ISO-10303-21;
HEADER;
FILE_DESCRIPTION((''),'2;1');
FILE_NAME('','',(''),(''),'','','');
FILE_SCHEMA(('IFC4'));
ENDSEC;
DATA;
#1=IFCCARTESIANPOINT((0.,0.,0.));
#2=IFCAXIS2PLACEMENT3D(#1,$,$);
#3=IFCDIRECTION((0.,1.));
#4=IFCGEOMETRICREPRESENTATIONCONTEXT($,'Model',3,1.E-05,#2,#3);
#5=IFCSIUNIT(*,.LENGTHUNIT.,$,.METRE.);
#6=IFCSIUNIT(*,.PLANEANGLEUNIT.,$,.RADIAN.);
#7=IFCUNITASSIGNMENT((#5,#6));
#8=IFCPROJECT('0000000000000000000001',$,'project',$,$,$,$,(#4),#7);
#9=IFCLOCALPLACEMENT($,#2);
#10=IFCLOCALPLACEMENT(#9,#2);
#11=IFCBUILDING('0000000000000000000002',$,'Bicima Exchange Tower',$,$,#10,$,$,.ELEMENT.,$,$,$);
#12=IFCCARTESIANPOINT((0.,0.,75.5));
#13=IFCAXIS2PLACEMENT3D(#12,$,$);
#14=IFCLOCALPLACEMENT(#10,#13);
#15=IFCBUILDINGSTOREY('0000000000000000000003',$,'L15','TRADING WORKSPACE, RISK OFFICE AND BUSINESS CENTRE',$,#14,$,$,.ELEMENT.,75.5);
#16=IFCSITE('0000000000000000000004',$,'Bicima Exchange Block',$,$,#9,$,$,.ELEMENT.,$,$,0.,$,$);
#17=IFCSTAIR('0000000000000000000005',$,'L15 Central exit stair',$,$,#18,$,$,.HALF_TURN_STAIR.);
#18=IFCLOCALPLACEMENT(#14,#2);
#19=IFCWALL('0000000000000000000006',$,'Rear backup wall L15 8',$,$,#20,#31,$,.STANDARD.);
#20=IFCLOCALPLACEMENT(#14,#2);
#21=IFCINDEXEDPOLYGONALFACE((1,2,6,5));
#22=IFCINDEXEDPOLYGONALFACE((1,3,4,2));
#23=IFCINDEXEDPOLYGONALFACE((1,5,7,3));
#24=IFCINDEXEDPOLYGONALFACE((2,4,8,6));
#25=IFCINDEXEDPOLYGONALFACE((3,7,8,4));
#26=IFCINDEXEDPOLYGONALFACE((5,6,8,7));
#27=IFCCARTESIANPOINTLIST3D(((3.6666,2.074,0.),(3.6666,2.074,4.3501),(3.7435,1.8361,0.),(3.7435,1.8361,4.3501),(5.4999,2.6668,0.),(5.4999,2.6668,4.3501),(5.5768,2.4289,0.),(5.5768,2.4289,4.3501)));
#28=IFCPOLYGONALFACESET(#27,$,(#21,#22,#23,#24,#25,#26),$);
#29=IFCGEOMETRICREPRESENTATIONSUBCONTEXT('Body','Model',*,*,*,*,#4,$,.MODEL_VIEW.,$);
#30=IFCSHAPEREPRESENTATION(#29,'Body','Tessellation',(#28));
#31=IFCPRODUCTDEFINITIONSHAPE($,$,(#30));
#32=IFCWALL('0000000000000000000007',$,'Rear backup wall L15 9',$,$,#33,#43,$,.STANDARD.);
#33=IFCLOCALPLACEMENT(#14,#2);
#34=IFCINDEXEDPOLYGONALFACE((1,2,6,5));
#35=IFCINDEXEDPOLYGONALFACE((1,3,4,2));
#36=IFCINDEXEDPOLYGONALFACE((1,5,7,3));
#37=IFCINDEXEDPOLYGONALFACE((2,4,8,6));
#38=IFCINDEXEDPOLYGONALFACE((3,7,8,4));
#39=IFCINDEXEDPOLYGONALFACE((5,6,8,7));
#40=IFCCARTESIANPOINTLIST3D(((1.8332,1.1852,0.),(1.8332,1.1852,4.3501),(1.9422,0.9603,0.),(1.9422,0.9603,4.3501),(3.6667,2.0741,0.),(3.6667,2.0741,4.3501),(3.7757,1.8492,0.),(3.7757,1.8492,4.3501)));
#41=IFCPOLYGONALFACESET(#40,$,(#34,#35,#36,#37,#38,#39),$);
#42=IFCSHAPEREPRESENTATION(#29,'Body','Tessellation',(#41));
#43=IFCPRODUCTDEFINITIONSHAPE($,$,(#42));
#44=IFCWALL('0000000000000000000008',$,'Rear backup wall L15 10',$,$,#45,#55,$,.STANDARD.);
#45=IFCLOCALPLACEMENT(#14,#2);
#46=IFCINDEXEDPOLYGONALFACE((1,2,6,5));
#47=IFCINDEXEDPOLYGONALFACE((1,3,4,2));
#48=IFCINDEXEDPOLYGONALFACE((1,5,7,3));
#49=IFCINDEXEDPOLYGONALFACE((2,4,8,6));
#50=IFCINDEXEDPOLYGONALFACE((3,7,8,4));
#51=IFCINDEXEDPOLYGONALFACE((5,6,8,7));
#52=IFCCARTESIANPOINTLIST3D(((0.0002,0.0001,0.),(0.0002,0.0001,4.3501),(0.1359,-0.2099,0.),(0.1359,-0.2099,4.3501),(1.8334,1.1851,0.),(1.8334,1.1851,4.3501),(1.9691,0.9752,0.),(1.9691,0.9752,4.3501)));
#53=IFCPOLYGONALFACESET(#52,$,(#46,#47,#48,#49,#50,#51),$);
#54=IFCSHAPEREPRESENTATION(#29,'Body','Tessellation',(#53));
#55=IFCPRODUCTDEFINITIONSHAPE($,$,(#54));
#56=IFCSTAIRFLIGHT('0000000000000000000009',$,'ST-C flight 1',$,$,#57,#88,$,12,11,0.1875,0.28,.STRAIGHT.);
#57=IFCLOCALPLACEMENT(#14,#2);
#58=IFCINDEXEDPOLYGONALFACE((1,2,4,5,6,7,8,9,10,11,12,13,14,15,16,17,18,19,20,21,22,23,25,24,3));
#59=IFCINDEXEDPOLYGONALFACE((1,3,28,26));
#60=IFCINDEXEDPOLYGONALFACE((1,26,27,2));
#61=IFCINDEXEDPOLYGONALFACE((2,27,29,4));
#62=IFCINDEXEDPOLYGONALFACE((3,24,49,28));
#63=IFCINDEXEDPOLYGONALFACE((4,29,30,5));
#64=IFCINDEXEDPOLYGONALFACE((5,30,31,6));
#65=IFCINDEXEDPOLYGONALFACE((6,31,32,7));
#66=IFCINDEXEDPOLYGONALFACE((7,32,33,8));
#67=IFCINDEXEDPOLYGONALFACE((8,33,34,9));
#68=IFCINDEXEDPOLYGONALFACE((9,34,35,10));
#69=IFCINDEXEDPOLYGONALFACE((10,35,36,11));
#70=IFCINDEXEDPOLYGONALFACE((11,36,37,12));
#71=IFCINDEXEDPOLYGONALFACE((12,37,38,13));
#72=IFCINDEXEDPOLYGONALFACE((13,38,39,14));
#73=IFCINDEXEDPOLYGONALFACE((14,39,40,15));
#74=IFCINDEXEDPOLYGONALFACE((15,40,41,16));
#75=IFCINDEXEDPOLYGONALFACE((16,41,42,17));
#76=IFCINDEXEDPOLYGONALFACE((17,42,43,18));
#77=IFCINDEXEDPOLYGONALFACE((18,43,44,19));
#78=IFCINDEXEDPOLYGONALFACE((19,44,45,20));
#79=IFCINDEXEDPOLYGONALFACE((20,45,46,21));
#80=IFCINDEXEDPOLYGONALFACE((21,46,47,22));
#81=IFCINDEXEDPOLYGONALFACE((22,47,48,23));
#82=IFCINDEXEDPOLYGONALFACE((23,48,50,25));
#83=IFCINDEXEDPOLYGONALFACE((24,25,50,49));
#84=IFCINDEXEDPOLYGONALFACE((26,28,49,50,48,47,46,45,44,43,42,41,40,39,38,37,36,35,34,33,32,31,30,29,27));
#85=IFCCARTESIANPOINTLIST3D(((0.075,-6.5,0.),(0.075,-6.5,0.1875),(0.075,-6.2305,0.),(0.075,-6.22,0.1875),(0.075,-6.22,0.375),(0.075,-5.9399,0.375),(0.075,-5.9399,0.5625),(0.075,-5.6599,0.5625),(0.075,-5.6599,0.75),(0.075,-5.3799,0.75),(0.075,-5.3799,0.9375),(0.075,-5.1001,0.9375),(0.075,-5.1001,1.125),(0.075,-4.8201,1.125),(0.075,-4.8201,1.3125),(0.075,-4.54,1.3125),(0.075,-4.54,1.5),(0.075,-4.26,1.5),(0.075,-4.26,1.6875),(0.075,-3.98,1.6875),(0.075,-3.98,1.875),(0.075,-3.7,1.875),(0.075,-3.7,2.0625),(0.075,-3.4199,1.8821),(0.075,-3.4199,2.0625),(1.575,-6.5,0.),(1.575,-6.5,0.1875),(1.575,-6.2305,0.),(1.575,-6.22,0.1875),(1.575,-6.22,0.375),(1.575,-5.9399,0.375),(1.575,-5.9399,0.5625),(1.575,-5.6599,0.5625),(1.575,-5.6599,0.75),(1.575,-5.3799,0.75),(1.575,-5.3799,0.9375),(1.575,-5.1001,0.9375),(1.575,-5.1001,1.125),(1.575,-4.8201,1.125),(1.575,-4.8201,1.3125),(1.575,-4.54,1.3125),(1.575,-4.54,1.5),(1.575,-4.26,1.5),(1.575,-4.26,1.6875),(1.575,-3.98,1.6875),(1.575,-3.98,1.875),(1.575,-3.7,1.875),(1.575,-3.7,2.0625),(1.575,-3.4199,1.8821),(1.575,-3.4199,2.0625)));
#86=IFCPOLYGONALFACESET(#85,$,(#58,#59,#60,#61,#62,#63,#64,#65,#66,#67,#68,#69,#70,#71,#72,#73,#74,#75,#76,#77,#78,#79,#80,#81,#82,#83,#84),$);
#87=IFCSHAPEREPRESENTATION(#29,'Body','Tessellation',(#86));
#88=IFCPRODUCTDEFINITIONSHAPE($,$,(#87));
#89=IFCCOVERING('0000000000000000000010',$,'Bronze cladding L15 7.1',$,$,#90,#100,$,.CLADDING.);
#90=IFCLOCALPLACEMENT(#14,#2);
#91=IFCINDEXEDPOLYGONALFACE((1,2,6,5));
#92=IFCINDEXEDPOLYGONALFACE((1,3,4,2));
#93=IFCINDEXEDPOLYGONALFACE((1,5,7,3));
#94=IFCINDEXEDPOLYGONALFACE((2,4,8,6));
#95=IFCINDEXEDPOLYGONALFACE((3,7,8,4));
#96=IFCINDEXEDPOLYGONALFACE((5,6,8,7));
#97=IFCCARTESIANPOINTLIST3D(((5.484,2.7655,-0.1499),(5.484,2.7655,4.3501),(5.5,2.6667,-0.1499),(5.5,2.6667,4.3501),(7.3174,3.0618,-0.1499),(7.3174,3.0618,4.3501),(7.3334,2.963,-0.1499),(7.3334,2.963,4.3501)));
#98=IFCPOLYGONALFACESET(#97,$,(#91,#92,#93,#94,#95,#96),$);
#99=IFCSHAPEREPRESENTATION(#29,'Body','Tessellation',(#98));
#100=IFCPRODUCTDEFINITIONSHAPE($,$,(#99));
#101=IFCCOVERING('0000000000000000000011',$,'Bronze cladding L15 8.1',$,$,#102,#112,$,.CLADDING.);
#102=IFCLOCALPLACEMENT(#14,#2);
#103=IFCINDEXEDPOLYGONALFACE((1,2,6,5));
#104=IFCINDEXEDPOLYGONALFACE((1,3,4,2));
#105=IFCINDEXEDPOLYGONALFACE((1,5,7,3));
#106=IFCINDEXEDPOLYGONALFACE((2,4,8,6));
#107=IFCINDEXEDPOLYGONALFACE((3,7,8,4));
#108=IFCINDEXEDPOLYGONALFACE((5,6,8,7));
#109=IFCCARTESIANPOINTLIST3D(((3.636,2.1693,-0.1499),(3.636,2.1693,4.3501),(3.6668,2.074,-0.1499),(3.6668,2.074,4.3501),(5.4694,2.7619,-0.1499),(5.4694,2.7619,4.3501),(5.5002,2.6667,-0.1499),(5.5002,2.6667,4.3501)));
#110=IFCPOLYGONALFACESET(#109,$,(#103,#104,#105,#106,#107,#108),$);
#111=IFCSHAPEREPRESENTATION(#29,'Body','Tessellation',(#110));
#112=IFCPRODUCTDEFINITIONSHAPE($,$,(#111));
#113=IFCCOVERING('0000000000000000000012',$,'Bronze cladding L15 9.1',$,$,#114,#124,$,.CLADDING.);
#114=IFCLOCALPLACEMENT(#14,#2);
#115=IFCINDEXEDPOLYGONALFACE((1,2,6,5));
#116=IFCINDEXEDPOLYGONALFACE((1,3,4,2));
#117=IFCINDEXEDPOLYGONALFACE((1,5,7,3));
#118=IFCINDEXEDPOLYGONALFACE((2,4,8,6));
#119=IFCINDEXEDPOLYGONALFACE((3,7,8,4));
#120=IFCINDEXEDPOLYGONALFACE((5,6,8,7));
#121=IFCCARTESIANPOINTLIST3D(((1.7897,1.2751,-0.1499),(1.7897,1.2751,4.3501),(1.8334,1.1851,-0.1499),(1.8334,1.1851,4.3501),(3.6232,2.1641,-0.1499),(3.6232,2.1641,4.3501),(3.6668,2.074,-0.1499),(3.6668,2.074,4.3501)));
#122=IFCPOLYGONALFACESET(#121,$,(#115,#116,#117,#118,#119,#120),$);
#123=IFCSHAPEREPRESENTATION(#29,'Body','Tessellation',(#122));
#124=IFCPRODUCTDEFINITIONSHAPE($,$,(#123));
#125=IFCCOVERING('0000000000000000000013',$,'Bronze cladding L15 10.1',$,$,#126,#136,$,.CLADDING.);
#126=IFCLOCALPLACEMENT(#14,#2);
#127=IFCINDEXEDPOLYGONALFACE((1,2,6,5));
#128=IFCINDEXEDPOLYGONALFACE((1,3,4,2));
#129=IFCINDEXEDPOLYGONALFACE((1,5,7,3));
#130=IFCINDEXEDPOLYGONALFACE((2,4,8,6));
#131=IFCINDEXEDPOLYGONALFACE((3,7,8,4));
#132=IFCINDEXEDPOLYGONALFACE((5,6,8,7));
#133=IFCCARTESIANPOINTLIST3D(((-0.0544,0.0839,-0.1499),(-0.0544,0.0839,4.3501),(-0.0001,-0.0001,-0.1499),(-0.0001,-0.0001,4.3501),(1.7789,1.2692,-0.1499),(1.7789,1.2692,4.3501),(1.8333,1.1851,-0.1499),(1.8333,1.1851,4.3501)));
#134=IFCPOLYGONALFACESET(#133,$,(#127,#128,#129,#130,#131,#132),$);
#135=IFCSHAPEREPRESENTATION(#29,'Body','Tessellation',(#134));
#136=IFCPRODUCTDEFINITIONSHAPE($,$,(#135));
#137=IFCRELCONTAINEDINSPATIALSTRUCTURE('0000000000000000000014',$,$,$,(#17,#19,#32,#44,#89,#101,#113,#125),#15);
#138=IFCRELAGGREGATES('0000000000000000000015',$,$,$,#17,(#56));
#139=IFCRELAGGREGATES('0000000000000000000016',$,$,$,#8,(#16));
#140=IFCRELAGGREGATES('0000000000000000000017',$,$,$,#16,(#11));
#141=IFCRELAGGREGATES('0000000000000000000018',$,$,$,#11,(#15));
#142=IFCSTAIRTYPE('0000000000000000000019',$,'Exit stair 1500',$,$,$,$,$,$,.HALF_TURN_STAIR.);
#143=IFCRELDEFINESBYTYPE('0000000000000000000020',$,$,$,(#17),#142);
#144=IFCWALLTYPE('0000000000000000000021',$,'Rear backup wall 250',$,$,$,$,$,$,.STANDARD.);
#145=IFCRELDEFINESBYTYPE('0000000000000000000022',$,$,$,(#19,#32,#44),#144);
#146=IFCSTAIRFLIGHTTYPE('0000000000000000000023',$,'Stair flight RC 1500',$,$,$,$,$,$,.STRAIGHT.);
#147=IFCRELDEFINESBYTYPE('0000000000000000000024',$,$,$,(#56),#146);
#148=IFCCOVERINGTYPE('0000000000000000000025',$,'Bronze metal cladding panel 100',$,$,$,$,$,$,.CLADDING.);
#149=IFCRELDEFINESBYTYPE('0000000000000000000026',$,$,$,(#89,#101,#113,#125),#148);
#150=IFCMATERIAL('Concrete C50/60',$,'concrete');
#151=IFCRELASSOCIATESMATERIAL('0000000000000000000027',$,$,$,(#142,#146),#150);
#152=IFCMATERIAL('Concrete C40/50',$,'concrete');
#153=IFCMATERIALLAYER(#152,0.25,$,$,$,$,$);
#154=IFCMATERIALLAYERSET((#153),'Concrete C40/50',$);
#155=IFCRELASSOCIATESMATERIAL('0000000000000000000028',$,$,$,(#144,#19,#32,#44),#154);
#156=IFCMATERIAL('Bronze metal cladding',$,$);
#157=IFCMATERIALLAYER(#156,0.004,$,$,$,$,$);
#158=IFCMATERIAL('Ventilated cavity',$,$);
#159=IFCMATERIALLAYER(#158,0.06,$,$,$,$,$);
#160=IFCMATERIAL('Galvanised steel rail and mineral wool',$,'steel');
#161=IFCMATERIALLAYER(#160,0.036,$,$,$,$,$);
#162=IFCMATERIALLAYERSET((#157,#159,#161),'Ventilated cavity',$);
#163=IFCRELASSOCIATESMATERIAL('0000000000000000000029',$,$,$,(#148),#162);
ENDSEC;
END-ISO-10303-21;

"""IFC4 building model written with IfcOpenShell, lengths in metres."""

from ifc_helpers import new_model, si_unit, direction, frame, frame_2d, origin, origin_2d, place, context, subcontext, project, spatial, polyline, rectangle, outline, extrude, material, layer, layer_set, layer_usage, type_object, element, aggregate, save


model = new_model("IFC4")

# Units and contexts
model_context = context("Model", 3, precision=1e-05, world=origin(), true_north=direction((0.0, 1.0)))
body_context = subcontext(model_context, "Body", "Model", "MODEL_VIEW")
ifc_project = project(units=[si_unit("LENGTHUNIT", "METRE"), si_unit("PLANEANGLEUNIT", "RADIAN")], contexts=[model_context])

# Site, building, storey
site_placement = place(None, origin())
site = spatial("IfcSite", under=ifc_project, at=site_placement, Name="Bicima Exchange Block", CompositionType="ELEMENT", RefElevation=0.0)
building_placement = place(site_placement, origin())
building = spatial("IfcBuilding", under=site, at=building_placement, Name="Bicima Exchange Tower", CompositionType="ELEMENT")
storey_placement = place(building_placement, frame((0.0, 0.0, 75.5)))
storey = spatial("IfcBuildingStorey", under=building, at=storey_placement, Name="L15", Description="TRADING WORKSPACE, RISK OFFICE AND BUSINESS CENTRE", CompositionType="ELEMENT", Elevation=75.5)

# Stair
ifc_material_1 = material(Name="Concrete C50/60", Category="concrete")
stair_type_1 = type_object("IfcStairType", Name="Exit stair 1500", PredefinedType="HALF_TURN_STAIR", material=ifc_material_1)
stair_1_placement = place(storey_placement, origin())
stair_1 = element("IfcStair", 1, at=stair_1_placement, inside=storey, type_object=stair_type_1, Name="L15 Central exit stair", PredefinedType="HALF_TURN_STAIR")

# Walls
ifc_material_2 = material(Name="Concrete C40/50", Category="concrete")
ifc_layer_1 = layer(ifc_material_2, 0.25)
ifc_layer_set_1 = layer_set([ifc_layer_1], Name="Concrete C40/50")
ifc_layer_usage = layer_usage(ifc_layer_set_1, "AXIS2", "POSITIVE", -0.125)
wall_type_1 = type_object("IfcWallType", Name="Rear backup wall 250", PredefinedType="STANDARD", material=ifc_layer_set_1)
wall_1_placement = place(storey_placement, frame((5.5383, 2.5479, 0.0), z_axis=(0.0, 0.0, 1.0), x_axis=(-0.951496, -0.307662, 0.0)))
element("IfcWall", 2, at=wall_1_placement, inside=storey, type_object=wall_type_1, material=ifc_layer_usage, Name="Rear backup wall L15 8", PredefinedType="STANDARD", context=body_context, shape_type="SweptSolid", body=[
    extrude(rectangle(XDim=1.9268, YDim=0.25, at=frame_2d((0.9634, 0.0))), origin(), (0.0, 0.0, 1.0), 4.3501),
])
wall_2_placement = place(storey_placement, frame((3.7212, 1.9617, 0.0), z_axis=(0.0, 0.0, 1.0), x_axis=(-0.899824, -0.436253, 0.0)))
element("IfcWall", 3, at=wall_2_placement, inside=storey, type_object=wall_type_1, material=ifc_layer_usage, Name="Rear backup wall L15 9", PredefinedType="STANDARD", context=body_context, shape_type="SweptSolid", body=[
    extrude(rectangle(XDim=2.0376, YDim=0.25, at=frame_2d((1.0188, 0.0))), origin(), (0.0, 0.0, 1.0), 4.3501),
])
wall_3_placement = place(storey_placement, frame((1.9011, 1.0801, 0.0), z_axis=(0.0, 0.0, 1.0), x_axis=(-0.839813, -0.542876, 0.0)))
element("IfcWall", 4, at=wall_3_placement, inside=storey, type_object=wall_type_1, material=ifc_layer_usage, Name="Rear backup wall L15 10", PredefinedType="STANDARD", context=body_context, shape_type="SweptSolid", body=[
    extrude(rectangle(XDim=2.1829, YDim=0.25, at=frame_2d((1.0913, 0.0))), origin(), (0.0, 0.0, 1.0), 4.3501),
])

# Stair flight
stair_flight_type = type_object("IfcStairFlightType", Name="Stair flight RC 1500", PredefinedType="STRAIGHT", material=ifc_material_1)
stair_flight_placement = place(storey_placement, frame((0.825, -6.5, 0.0), z_axis=(0.0, 0.0, 1.0), x_axis=(0.0, 1.0, 0.0)))
stair_flight = element("IfcStairFlight", 5, at=stair_flight_placement, type_object=stair_flight_type, Name="ST-C flight 1", NumberOfRisers=12, NumberOfTreads=11, PredefinedType="STRAIGHT", RiserHeight=0.1875, TreadLength=0.28, context=body_context, shape_type="SweptSolid", body=[
    extrude(outline(polyline([(0.0, 0.0), (0.0, 0.1875), (0.28, 0.1875), (0.28, 0.375), (0.5601, 0.375), (0.5601, 0.5625), (0.8401, 0.5625), (0.8401, 0.75), (1.1201, 0.75), (1.1201, 0.9375), (1.3999, 0.9375), (1.3999, 1.125), (1.6799, 1.125), (1.6799, 1.3125), (1.96, 1.3125), (1.96, 1.5), (2.24, 1.5), (2.24, 1.6875), (2.52, 1.6875), (2.52, 1.875), (2.8, 1.875), (2.8, 2.0625), (3.0801, 2.0625), (3.0801, 2.25), (3.0801, 1.8821), (0.2695, 0.0), (0.0, 0.0)])), frame((0.0, 0.75, 0.0), z_axis=(0.0, -1.0, 0.0), x_axis=(1.0, 0.0, 0.0)), (0.0, 0.0, 1.0), 1.5),
])
aggregate(stair_1, [stair_flight])

# Coverings
ifc_material_3 = material(Name="Bronze metal cladding")
ifc_layer_2 = layer(ifc_material_3, 0.004)
ifc_material_4 = material(Name="Ventilated cavity")
ifc_layer_3 = layer(ifc_material_4, 0.06)
ifc_material_5 = material(Name="Galvanised steel rail and mineral wool", Category="steel")
ifc_layer_4 = layer(ifc_material_5, 0.036)
ifc_layer_set_2 = layer_set([ifc_layer_2, ifc_layer_3, ifc_layer_4], Name="Ventilated cavity")
covering_type = type_object("IfcCoveringType", Name="Bronze metal cladding panel 100", PredefinedType="CLADDING", material=ifc_layer_set_2)
covering_1_placement = place(storey_placement, frame((6.4087, 2.8643, -0.1499), z_axis=(0.0, 0.0, 1.0), x_axis=(-0.98719, -0.15955, 0.0)))
element("IfcCovering", 6, at=covering_1_placement, inside=storey, type_object=covering_type, Name="Bronze cladding L15 7.1", PredefinedType="CLADDING", context=body_context, shape_type="SweptSolid", body=[
    extrude(rectangle(XDim=1.8572, YDim=0.1001, at=origin_2d()), origin(), (0.0, 0.0, 1.0), 4.5),
])
covering_2_placement = place(storey_placement, frame((4.5681, 2.418, -0.1499), z_axis=(0.0, 0.0, 1.0), x_axis=(-0.951525, -0.307573, 0.0)))
element("IfcCovering", 7, at=covering_2_placement, inside=storey, type_object=covering_type, Name="Bronze cladding L15 8.1", PredefinedType="CLADDING", context=body_context, shape_type="SweptSolid", body=[
    extrude(rectangle(XDim=1.9268, YDim=0.1001, at=origin_2d()), origin(), (0.0, 0.0, 1.0), 4.5),
])
covering_3_placement = place(storey_placement, frame((2.7283, 1.6746, -0.1499), z_axis=(0.0, 0.0, 1.0), x_axis=(-0.899818, -0.436265, 0.0)))
element("IfcCovering", 8, at=covering_3_placement, inside=storey, type_object=covering_type, Name="Bronze cladding L15 9.1", PredefinedType="CLADDING", context=body_context, shape_type="SweptSolid", body=[
    extrude(rectangle(XDim=2.0376, YDim=0.1001, at=origin_2d()), origin(), (0.0, 0.0, 1.0), 4.5),
])
covering_4_placement = place(storey_placement, frame((0.8894, 0.6345, -0.1499), z_axis=(0.0, 0.0, 1.0), x_axis=(-0.83979, -0.542911, 0.0)))
element("IfcCovering", 9, at=covering_4_placement, inside=storey, type_object=covering_type, Name="Bronze cladding L15 10.1", PredefinedType="CLADDING", context=body_context, shape_type="SweptSolid", body=[
    extrude(rectangle(XDim=2.1831, YDim=0.1001, at=origin_2d()), origin(), (0.0, 0.0, 1.0), 4.5),
])

save(model, "model.ifc")
